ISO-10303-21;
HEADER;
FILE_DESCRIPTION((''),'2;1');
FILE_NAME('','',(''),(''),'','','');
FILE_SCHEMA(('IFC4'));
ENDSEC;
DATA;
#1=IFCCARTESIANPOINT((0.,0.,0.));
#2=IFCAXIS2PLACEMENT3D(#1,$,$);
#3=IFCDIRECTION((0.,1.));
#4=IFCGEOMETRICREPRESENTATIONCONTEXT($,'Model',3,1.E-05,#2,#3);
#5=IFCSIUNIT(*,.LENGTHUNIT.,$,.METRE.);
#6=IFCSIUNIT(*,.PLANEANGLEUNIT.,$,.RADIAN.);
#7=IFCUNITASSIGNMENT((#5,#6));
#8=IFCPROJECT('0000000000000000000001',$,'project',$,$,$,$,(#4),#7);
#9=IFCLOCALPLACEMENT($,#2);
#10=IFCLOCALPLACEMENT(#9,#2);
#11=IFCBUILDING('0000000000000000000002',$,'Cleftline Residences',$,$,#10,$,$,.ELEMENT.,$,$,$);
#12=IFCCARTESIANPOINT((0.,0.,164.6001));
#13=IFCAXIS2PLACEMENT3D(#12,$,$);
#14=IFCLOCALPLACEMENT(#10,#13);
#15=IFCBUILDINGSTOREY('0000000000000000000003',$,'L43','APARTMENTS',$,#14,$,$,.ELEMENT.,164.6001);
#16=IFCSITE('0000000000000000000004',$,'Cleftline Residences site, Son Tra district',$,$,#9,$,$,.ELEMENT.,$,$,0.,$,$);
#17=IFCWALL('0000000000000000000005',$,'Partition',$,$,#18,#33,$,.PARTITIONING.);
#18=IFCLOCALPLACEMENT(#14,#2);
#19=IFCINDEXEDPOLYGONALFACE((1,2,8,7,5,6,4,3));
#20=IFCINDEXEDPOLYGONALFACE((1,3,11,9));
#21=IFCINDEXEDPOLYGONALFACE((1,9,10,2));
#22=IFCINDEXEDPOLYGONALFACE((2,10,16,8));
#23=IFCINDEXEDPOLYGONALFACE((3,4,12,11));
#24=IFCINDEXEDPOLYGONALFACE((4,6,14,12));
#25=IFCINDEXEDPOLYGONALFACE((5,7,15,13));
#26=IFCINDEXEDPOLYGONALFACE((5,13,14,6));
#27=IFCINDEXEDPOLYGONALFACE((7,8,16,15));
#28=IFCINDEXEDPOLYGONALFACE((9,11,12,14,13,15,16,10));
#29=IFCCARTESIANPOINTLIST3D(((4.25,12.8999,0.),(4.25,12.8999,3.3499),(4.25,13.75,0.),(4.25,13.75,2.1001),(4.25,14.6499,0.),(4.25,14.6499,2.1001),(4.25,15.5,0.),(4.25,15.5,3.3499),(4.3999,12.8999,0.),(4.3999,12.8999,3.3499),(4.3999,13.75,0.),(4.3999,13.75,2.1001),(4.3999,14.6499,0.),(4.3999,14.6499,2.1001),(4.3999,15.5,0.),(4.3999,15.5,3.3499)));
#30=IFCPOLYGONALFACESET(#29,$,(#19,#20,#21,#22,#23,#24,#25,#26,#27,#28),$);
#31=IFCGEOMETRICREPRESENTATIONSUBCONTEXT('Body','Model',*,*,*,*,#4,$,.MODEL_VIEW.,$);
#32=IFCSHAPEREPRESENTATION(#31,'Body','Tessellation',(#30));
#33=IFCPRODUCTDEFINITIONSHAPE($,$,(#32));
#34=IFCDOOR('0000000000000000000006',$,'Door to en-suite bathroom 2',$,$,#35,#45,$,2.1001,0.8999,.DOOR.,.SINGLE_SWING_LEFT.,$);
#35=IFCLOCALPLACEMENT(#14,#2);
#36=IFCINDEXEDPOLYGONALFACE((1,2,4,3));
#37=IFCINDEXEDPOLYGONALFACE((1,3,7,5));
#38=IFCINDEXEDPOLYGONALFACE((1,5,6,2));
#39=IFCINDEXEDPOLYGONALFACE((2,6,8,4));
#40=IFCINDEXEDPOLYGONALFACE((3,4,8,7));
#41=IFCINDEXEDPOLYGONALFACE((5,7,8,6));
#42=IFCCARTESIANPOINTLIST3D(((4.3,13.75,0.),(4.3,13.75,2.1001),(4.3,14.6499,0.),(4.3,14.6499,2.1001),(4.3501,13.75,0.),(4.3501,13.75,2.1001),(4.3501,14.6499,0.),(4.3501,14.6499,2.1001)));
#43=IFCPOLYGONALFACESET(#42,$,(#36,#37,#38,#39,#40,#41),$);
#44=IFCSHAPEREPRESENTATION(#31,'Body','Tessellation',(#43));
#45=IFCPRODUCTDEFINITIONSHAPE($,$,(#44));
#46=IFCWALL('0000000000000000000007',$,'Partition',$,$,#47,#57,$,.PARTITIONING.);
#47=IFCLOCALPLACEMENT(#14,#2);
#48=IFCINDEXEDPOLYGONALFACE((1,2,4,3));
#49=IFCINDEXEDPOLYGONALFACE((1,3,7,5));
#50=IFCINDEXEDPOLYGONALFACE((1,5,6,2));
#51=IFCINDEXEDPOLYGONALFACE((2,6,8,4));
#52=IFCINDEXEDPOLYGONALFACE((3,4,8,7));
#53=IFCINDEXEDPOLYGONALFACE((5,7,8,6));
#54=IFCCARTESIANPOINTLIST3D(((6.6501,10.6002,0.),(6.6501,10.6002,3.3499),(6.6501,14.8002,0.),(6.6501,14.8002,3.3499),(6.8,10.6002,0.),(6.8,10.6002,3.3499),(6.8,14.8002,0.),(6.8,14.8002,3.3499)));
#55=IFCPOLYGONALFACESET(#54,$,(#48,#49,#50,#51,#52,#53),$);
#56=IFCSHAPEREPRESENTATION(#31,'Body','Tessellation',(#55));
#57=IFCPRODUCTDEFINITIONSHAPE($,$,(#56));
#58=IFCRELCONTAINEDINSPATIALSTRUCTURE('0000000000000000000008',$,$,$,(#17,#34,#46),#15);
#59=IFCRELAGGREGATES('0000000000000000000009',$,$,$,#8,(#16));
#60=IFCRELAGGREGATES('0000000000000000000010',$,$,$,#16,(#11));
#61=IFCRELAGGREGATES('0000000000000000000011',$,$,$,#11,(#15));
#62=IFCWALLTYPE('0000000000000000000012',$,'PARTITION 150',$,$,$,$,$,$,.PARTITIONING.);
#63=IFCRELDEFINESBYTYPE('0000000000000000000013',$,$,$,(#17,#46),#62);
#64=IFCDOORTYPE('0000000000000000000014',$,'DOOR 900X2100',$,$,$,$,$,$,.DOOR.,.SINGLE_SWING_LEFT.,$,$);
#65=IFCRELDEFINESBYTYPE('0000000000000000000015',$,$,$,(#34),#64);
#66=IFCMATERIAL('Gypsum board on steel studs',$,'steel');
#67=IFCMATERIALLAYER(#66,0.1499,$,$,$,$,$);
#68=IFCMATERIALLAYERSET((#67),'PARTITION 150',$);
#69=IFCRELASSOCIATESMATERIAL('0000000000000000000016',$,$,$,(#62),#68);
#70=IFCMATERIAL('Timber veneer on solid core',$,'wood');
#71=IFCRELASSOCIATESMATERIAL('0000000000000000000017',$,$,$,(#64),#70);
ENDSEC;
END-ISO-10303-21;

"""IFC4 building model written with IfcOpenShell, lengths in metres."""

from ifc_helpers import new_model, si_unit, direction, frame, frame_2d, origin, place, context, subcontext, project, spatial, rectangle, extrude, material, layer, layer_set, type_object, element, fill, save


model = new_model("IFC4")

# Units and contexts
model_context = context("Model", 3, precision=1e-05, world=origin(), true_north=direction((0.0, 1.0)))
body_context = subcontext(model_context, "Body", "Model", "MODEL_VIEW")
ifc_project = project(units=[si_unit("LENGTHUNIT", "METRE"), si_unit("PLANEANGLEUNIT", "RADIAN")], contexts=[model_context])

# Site, building, storey
site_placement = place(None, origin())
site = spatial("IfcSite", under=ifc_project, at=site_placement, Name="Cleftline Residences site, Son Tra district", CompositionType="ELEMENT", RefElevation=0.0)
building_placement = place(site_placement, origin())
building = spatial("IfcBuilding", under=site, at=building_placement, Name="Cleftline Residences", CompositionType="ELEMENT")
storey_placement = place(building_placement, frame((0.0, 0.0, 164.6001)))
storey = spatial("IfcBuildingStorey", under=building, at=storey_placement, Name="L43", Description="APARTMENTS", CompositionType="ELEMENT", Elevation=164.6001)

# Shared definitions
ifc_material_1 = material(Name="Gypsum board on steel studs", Category="steel")
ifc_layer = layer(ifc_material_1, 0.1499)
ifc_layer_set = layer_set([ifc_layer], Name="PARTITION 150")
wall_type = type_object("IfcWallType", Name="PARTITION 150", PredefinedType="PARTITIONING", material=ifc_layer_set)
ifc_material_2 = material(Name="Timber veneer on solid core", Category="wood")
door_type_1 = type_object("IfcDoorType", Name="DOOR 900X2100", OperationType="SINGLE_SWING_LEFT", PredefinedType="DOOR", material=ifc_material_2)

# Wall, opening, door
wall_1_placement = place(storey_placement, frame((4.325, 12.8999, 0.0), z_axis=(0.0, 0.0, 1.0), x_axis=(0.0, 1.0, 0.0)))
wall_1 = element("IfcWall", 1, at=wall_1_placement, inside=storey, type_object=wall_type, Name="Partition", PredefinedType="PARTITIONING", context=body_context, shape_type="SweptSolid", body=[
    extrude(rectangle(XDim=2.6001, YDim=0.1499, at=frame_2d((1.3, 0.0))), origin(), (0.0, 0.0, 1.0), 3.3499),
])
opening_1_placement = place(wall_1_placement, frame((0.8501, 0.0, 0.0)))
opening_1 = element("IfcOpeningElement", 2, at=opening_1_placement, cuts=wall_1, PredefinedType="OPENING", context=body_context, shape_type="SweptSolid", body=[
    extrude(rectangle(XDim=0.8999, YDim=2.1001, at=frame_2d((0.45, 1.05))), frame((0.0, 0.085, 0.0), z_axis=(0.0, -1.0, 0.0), x_axis=(1.0, 0.0, 0.0)), (0.0, 0.0, 1.0), 0.1699),
])
door_1_placement = place(opening_1_placement, origin())
door_1 = element("IfcDoor", 3, at=door_1_placement, inside=storey, type_object=door_type_1, Name="Door to en-suite bathroom 2", OperationType="SINGLE_SWING_LEFT", OverallHeight=2.1001, OverallWidth=0.8999, PredefinedType="DOOR", context=body_context, shape_type="SweptSolid", body=[
    extrude(rectangle(XDim=0.8999, YDim=2.1001, at=frame_2d((0.45, 1.05))), frame((0.0, 0.0249, 0.0), z_axis=(0.0, -1.0, 0.0), x_axis=(1.0, 0.0, 0.0)), (0.0, 0.0, 1.0), 0.05),
])
fill(opening_1, door_1)

# Wall
wall_2_placement = place(storey_placement, frame((6.7251, 10.6001, 0.0), z_axis=(0.0, 0.0, 1.0), x_axis=(0.0, 1.0, 0.0)))
element("IfcWall", 4, at=wall_2_placement, inside=storey, type_object=wall_type, Name="Partition", PredefinedType="PARTITIONING", context=body_context, shape_type="SweptSolid", body=[
    extrude(rectangle(XDim=4.2, YDim=0.1499, at=frame_2d((2.1001, 0.0))), origin(), (0.0, 0.0, 1.0), 3.3499),
])

save(model, "model.ifc")
